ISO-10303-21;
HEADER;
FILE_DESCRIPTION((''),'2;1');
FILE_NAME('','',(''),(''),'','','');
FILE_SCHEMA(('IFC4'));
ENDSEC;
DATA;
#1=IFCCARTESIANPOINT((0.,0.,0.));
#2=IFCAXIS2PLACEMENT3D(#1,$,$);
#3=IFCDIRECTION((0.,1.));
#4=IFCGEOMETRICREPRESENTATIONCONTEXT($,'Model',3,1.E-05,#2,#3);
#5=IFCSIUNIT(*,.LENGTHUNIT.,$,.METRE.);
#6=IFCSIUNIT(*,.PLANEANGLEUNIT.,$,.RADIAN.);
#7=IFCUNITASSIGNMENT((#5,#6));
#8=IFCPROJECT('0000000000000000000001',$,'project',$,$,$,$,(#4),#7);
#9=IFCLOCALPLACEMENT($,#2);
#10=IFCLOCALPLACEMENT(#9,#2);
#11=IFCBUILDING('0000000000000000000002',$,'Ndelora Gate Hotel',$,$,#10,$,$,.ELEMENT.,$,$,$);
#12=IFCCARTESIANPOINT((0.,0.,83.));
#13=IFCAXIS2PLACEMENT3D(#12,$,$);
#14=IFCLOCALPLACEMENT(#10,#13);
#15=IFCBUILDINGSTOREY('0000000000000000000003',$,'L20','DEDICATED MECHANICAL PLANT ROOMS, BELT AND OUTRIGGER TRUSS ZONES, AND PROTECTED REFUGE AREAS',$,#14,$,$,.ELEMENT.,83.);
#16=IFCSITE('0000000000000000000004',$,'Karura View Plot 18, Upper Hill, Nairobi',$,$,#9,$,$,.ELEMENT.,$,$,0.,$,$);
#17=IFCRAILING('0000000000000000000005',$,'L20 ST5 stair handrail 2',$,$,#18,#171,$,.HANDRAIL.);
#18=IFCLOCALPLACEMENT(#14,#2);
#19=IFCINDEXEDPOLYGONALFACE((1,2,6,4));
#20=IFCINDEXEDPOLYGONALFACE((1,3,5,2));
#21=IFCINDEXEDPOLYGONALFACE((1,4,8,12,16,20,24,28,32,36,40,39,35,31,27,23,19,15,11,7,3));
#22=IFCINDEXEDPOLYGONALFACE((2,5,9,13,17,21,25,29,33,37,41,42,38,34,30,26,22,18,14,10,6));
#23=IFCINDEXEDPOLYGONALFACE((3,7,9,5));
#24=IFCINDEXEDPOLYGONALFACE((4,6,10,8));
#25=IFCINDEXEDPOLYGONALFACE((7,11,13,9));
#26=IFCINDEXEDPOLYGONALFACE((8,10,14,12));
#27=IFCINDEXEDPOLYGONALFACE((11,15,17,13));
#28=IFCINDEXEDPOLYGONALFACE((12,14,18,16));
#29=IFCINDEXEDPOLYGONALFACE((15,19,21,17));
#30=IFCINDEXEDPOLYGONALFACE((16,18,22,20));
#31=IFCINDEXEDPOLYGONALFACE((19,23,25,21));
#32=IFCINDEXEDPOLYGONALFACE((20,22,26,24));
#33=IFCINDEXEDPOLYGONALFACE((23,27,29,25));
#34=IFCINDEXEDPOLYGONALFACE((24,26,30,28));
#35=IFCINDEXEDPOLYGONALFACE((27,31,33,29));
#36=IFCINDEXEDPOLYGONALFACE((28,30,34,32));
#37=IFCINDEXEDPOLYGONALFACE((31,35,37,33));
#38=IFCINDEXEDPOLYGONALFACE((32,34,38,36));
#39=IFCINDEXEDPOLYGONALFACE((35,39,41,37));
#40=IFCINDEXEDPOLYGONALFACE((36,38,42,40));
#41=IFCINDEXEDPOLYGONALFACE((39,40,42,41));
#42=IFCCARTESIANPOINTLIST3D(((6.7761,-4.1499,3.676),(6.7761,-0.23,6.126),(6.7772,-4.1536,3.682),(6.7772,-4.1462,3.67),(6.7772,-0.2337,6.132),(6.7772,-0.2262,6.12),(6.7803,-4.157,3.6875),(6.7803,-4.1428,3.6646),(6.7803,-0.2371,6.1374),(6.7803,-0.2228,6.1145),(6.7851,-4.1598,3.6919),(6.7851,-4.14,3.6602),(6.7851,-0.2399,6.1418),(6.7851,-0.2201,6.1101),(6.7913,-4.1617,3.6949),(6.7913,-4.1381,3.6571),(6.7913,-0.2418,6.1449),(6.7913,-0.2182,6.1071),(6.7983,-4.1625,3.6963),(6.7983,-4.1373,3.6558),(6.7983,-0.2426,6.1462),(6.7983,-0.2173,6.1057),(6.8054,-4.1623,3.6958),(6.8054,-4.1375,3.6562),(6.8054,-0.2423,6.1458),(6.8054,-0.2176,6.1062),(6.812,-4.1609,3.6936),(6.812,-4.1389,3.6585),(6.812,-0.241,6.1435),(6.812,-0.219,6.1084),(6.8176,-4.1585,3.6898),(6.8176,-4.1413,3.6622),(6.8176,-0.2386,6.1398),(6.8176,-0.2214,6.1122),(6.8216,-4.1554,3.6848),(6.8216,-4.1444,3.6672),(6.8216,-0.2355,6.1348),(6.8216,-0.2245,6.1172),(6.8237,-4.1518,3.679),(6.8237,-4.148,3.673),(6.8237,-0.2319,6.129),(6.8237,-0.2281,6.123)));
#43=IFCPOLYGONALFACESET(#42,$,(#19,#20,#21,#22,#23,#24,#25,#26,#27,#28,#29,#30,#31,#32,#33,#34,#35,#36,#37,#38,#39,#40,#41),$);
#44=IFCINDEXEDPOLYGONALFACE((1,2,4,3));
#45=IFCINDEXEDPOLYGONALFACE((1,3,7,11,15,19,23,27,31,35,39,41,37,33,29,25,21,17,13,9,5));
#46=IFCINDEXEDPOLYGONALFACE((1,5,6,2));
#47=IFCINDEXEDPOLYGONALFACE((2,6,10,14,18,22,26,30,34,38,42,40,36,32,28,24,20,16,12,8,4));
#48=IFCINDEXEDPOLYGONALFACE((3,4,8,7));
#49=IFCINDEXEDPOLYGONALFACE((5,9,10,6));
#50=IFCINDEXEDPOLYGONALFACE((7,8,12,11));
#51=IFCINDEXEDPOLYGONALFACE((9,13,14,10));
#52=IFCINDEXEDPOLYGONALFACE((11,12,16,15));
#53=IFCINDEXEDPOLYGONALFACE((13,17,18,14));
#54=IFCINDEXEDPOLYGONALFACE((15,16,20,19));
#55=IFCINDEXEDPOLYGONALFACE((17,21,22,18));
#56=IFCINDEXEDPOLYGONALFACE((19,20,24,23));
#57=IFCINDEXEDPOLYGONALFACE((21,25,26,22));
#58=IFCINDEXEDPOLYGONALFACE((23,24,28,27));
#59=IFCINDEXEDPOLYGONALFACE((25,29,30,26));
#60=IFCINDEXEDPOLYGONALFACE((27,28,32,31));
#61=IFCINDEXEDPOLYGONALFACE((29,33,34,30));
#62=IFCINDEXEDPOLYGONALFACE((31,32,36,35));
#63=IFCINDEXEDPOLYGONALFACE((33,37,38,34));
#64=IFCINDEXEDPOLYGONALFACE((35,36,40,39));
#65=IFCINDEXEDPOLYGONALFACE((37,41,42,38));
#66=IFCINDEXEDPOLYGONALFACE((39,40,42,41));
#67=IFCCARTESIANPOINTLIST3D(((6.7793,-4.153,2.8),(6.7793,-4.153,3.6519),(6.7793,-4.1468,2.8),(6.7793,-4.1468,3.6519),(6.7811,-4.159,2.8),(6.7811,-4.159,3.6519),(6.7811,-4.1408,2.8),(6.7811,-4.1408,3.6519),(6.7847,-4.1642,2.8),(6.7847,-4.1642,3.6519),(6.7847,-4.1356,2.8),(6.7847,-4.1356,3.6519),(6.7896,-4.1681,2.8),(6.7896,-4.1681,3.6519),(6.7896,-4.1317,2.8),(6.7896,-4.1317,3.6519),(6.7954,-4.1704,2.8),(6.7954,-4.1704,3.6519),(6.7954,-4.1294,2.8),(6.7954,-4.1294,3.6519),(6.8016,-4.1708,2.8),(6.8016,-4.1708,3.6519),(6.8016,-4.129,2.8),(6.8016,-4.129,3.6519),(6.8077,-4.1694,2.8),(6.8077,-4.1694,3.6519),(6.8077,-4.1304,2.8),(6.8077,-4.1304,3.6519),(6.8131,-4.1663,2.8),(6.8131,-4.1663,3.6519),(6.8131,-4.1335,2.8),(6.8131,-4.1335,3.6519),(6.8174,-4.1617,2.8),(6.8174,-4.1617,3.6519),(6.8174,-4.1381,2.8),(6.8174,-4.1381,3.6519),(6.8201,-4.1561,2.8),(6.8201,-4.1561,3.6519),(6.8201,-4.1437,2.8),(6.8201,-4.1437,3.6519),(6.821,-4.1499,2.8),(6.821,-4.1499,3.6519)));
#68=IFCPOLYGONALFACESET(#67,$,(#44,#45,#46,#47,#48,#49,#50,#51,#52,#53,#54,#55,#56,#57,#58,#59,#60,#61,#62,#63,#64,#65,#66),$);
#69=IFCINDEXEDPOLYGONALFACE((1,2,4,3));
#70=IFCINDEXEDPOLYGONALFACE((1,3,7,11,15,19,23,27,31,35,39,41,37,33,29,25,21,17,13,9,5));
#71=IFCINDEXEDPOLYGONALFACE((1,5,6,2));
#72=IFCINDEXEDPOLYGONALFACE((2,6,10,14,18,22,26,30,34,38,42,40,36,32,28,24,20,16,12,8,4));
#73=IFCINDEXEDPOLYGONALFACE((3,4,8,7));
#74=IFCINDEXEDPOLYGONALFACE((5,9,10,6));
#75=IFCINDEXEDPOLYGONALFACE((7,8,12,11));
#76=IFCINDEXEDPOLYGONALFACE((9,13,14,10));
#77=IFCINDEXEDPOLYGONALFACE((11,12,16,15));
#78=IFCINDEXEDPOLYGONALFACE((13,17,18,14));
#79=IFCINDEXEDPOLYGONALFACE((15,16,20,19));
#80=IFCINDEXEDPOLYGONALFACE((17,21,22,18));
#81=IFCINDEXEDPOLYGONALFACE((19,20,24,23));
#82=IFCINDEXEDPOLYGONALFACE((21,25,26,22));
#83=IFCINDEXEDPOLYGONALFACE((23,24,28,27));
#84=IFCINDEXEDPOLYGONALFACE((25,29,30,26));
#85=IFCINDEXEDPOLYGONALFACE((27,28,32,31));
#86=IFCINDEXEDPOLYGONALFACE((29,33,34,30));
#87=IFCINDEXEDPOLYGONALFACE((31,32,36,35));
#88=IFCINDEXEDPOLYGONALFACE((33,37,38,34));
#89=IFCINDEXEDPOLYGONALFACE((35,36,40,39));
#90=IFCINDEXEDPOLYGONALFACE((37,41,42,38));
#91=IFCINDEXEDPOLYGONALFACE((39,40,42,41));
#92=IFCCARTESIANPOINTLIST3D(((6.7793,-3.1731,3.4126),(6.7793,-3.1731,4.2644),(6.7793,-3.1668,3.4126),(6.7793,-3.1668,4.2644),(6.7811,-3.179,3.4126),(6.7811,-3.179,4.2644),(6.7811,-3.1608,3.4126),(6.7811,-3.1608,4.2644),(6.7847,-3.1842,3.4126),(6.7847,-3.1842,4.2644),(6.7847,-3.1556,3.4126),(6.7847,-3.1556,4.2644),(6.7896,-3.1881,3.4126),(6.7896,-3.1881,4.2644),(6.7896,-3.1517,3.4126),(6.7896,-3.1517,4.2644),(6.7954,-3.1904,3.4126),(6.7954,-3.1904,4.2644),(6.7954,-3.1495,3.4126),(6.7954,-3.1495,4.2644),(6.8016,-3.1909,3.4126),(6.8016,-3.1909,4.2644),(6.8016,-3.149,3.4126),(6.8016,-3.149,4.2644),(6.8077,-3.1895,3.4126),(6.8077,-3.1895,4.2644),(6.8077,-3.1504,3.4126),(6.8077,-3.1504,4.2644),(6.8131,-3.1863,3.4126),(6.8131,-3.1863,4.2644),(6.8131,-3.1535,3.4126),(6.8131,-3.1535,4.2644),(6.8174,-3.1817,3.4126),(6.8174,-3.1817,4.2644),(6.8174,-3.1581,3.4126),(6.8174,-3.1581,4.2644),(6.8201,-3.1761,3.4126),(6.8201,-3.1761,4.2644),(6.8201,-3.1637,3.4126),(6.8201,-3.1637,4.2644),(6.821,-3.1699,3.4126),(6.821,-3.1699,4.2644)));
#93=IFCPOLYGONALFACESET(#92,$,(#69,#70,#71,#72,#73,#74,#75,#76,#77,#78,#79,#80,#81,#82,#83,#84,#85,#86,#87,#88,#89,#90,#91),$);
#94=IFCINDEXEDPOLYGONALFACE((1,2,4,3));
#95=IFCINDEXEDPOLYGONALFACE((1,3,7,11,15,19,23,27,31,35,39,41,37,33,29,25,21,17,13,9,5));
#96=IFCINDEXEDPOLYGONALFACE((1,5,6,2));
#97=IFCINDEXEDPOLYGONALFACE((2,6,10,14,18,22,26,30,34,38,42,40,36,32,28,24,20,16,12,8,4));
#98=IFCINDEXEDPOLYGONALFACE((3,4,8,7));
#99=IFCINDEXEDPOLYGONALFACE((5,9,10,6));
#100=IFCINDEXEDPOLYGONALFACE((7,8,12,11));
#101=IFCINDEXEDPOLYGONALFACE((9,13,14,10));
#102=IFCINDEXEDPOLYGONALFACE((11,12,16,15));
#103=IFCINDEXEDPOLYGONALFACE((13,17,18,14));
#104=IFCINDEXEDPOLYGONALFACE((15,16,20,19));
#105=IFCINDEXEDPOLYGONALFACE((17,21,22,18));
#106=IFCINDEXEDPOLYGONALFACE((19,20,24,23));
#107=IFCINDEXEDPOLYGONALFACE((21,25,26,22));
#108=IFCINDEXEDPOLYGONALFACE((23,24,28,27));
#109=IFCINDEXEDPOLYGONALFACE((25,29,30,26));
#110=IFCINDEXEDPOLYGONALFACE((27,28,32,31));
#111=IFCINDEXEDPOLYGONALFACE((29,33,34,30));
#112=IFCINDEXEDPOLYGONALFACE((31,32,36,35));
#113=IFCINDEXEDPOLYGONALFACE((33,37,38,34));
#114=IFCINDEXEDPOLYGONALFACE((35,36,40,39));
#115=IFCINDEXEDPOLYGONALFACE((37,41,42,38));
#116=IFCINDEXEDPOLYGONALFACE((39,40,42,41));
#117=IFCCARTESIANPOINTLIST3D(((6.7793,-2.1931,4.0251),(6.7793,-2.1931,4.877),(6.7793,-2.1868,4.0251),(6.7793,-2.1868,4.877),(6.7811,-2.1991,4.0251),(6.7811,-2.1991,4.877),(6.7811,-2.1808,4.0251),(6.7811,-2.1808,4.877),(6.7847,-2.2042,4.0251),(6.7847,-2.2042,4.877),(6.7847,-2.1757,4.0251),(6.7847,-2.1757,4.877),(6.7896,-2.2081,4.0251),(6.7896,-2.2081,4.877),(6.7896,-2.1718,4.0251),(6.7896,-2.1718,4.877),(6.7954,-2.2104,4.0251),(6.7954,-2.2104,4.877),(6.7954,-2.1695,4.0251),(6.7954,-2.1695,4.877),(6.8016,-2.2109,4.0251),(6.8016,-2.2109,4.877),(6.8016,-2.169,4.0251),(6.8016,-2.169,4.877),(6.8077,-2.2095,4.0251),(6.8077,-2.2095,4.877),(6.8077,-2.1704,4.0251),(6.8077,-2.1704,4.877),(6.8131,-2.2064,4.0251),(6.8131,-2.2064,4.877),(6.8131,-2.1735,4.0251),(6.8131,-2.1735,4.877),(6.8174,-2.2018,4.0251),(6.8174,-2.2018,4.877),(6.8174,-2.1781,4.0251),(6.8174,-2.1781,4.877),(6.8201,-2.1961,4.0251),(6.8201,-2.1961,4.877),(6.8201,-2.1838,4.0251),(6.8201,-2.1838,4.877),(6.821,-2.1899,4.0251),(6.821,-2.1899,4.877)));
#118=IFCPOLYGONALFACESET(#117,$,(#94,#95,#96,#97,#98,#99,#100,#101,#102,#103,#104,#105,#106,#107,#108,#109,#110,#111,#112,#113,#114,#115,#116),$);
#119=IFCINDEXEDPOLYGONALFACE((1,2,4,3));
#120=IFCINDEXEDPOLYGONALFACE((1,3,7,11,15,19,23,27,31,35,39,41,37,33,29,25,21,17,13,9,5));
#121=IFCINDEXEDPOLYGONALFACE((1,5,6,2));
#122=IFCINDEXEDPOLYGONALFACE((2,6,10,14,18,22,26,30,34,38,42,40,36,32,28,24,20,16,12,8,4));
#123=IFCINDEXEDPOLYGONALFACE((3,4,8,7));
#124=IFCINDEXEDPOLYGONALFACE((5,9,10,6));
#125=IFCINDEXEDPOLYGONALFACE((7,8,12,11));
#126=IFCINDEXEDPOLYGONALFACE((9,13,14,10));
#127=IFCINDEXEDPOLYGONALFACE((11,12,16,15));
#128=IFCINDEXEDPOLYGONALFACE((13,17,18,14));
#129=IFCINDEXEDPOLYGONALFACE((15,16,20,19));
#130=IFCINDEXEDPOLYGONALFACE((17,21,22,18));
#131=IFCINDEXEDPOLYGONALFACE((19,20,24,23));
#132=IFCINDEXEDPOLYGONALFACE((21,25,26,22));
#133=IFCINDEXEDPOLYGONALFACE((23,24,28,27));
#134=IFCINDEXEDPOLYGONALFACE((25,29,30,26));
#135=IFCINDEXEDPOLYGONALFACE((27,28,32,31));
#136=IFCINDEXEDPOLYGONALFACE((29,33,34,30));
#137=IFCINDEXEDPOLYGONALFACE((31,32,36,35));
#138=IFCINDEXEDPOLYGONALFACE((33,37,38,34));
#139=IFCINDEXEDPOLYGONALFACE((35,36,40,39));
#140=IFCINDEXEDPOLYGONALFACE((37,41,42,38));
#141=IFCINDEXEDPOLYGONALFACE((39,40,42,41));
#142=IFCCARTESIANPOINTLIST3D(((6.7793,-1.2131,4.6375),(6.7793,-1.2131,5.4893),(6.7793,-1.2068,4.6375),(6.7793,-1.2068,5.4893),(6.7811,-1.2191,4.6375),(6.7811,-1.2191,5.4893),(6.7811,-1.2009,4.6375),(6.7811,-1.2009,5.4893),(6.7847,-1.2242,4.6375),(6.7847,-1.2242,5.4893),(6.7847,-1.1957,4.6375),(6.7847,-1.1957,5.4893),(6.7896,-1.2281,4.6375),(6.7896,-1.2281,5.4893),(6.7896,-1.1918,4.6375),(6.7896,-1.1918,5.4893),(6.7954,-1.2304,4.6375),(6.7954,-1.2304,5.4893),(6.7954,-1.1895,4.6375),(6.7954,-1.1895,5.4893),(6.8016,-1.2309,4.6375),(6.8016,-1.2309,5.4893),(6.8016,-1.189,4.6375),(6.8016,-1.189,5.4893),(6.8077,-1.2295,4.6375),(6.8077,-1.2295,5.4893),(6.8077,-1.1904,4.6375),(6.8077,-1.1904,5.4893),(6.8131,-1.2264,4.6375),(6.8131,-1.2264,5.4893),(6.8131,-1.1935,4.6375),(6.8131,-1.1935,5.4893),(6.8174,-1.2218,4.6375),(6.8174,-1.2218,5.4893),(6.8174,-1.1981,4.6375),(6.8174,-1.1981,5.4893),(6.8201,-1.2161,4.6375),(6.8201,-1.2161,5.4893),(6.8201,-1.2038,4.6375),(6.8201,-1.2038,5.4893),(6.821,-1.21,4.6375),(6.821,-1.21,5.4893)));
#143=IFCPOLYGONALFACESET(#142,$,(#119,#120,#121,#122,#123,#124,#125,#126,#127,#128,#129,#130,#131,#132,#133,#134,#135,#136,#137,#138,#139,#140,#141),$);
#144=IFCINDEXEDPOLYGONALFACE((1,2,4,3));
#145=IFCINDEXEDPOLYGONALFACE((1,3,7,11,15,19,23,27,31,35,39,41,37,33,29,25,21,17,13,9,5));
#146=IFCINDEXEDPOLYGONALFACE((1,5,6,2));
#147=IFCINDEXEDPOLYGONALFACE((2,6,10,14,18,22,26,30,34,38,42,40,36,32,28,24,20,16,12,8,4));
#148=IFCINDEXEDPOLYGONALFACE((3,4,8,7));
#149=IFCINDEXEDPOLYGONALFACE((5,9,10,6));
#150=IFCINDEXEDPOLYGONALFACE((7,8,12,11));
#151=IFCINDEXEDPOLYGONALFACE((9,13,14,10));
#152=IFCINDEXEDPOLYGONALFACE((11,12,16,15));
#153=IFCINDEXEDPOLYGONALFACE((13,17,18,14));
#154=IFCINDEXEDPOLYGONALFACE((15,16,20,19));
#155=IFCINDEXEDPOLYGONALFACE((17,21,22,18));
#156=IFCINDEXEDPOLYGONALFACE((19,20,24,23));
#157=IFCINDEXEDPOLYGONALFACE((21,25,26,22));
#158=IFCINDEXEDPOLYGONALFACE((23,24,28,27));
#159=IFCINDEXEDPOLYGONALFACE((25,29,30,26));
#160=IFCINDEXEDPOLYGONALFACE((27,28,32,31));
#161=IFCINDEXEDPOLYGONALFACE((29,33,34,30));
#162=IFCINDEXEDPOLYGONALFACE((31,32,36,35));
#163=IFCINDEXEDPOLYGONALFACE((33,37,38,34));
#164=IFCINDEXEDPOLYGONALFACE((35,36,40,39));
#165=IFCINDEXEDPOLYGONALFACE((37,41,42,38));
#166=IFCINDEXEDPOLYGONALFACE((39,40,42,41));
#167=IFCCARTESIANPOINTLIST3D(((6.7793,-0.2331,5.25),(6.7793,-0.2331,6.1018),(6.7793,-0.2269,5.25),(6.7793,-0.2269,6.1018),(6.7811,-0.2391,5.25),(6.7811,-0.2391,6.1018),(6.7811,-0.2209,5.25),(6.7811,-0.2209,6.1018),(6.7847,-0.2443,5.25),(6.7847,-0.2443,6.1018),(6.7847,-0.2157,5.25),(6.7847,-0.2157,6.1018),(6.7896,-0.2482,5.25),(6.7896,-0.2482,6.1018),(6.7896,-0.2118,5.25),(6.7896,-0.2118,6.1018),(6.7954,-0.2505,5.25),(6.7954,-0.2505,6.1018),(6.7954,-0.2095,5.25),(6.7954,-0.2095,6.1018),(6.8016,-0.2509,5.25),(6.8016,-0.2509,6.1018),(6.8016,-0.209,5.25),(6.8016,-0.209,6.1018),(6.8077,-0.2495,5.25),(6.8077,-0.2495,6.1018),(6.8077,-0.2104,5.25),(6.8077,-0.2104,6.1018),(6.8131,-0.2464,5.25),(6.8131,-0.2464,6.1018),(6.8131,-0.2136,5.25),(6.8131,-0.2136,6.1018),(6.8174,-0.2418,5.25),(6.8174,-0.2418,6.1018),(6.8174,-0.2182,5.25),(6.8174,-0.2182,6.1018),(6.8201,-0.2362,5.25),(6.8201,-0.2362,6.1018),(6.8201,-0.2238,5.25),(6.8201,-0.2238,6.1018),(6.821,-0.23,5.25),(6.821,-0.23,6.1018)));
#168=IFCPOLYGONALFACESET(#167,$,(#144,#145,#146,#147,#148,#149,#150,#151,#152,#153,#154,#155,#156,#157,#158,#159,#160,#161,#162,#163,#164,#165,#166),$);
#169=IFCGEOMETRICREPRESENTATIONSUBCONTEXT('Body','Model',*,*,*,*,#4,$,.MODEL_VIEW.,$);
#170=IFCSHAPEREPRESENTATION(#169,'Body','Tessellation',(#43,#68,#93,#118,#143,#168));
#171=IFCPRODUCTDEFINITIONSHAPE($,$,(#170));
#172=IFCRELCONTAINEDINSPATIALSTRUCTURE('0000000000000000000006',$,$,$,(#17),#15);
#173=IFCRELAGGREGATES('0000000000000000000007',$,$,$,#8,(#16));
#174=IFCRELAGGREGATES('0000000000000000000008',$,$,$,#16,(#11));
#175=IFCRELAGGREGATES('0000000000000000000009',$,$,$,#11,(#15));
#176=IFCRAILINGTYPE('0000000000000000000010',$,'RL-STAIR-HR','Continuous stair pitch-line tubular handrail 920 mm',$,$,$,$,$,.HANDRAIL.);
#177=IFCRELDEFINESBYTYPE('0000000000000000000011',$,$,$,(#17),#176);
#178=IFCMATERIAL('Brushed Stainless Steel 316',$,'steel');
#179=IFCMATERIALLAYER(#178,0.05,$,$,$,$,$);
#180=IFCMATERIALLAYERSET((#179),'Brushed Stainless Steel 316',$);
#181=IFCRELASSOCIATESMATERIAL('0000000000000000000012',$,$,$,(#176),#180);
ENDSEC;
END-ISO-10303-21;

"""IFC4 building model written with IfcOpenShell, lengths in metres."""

from ifc_helpers import new_model, si_unit, direction, frame, origin, origin_2d, place, context, subcontext, project, spatial, circle, extrude, material, layer, layer_set, type_object, element, save


model = new_model("IFC4")

# Units and contexts
model_context = context("Model", 3, precision=1e-05, world=origin(), true_north=direction((0.0, 1.0)))
body_context = subcontext(model_context, "Body", "Model", "MODEL_VIEW")
ifc_project = project(units=[si_unit("LENGTHUNIT", "METRE"), si_unit("PLANEANGLEUNIT", "RADIAN")], contexts=[model_context])

# Site, building, storey
site_placement = place(None, origin())
site = spatial("IfcSite", under=ifc_project, at=site_placement, Name="Karura View Plot 18, Upper Hill, Nairobi", CompositionType="ELEMENT", RefElevation=0.0)
building_placement = place(site_placement, origin())
building = spatial("IfcBuilding", under=site, at=building_placement, Name="Ndelora Gate Hotel", CompositionType="ELEMENT")
storey_placement = place(building_placement, frame((0.0, 0.0, 83.0)))
storey = spatial("IfcBuildingStorey", under=building, at=storey_placement, Name="L20", Description="DEDICATED MECHANICAL PLANT ROOMS, BELT AND OUTRIGGER TRUSS ZONES, AND PROTECTED REFUGE AREAS", CompositionType="ELEMENT", Elevation=83.0)

# Railing
ifc_material_1 = material(Name="Brushed Stainless Steel 316", Category="steel")
ifc_layer_1 = layer(ifc_material_1, 0.05)
ifc_layer_set_1 = layer_set([ifc_layer_1], Name="Brushed Stainless Steel 316")
railing_type_1 = type_object("IfcRailingType", Name="RL-STAIR-HR", Description="Continuous stair pitch-line tubular handrail 920 mm", PredefinedType="HANDRAIL", material=ifc_layer_set_1)
railing_1_placement = place(storey_placement, frame((6.8, -4.1499, 2.8)))
element("IfcRailing", 1, at=railing_1_placement, inside=storey, type_object=railing_type_1, Name="L20 ST5 stair handrail 2", PredefinedType="HANDRAIL", context=body_context, shape_type="SweptSolid", body=[
    extrude(circle(Radius=0.0239, at=origin_2d()), frame((0.0, 0.0, 0.876), z_axis=(0.0, 0.847998, 0.529999), x_axis=(-1.0, 0.0, 0.0)), (0.0, 0.0, 1.0), 4.6226),
    extrude(circle(Radius=0.021, at=origin_2d()), origin(), (0.0, 0.0, 1.0), 0.8518),
    extrude(circle(Radius=0.021, at=origin_2d()), frame((0.0, 0.98, 0.6125)), (0.0, 0.0, 1.0), 0.8518),
    extrude(circle(Radius=0.021, at=origin_2d()), frame((0.0, 1.96, 1.2251)), (0.0, 0.0, 1.0), 0.8518),
    extrude(circle(Radius=0.021, at=origin_2d()), frame((0.0, 2.9399, 1.8374)), (0.0, 0.0, 1.0), 0.8518),
    extrude(circle(Radius=0.021, at=origin_2d()), frame((0.0, 3.9199, 2.45)), (0.0, 0.0, 1.0), 0.8518),
])

save(model, "model.ifc")
